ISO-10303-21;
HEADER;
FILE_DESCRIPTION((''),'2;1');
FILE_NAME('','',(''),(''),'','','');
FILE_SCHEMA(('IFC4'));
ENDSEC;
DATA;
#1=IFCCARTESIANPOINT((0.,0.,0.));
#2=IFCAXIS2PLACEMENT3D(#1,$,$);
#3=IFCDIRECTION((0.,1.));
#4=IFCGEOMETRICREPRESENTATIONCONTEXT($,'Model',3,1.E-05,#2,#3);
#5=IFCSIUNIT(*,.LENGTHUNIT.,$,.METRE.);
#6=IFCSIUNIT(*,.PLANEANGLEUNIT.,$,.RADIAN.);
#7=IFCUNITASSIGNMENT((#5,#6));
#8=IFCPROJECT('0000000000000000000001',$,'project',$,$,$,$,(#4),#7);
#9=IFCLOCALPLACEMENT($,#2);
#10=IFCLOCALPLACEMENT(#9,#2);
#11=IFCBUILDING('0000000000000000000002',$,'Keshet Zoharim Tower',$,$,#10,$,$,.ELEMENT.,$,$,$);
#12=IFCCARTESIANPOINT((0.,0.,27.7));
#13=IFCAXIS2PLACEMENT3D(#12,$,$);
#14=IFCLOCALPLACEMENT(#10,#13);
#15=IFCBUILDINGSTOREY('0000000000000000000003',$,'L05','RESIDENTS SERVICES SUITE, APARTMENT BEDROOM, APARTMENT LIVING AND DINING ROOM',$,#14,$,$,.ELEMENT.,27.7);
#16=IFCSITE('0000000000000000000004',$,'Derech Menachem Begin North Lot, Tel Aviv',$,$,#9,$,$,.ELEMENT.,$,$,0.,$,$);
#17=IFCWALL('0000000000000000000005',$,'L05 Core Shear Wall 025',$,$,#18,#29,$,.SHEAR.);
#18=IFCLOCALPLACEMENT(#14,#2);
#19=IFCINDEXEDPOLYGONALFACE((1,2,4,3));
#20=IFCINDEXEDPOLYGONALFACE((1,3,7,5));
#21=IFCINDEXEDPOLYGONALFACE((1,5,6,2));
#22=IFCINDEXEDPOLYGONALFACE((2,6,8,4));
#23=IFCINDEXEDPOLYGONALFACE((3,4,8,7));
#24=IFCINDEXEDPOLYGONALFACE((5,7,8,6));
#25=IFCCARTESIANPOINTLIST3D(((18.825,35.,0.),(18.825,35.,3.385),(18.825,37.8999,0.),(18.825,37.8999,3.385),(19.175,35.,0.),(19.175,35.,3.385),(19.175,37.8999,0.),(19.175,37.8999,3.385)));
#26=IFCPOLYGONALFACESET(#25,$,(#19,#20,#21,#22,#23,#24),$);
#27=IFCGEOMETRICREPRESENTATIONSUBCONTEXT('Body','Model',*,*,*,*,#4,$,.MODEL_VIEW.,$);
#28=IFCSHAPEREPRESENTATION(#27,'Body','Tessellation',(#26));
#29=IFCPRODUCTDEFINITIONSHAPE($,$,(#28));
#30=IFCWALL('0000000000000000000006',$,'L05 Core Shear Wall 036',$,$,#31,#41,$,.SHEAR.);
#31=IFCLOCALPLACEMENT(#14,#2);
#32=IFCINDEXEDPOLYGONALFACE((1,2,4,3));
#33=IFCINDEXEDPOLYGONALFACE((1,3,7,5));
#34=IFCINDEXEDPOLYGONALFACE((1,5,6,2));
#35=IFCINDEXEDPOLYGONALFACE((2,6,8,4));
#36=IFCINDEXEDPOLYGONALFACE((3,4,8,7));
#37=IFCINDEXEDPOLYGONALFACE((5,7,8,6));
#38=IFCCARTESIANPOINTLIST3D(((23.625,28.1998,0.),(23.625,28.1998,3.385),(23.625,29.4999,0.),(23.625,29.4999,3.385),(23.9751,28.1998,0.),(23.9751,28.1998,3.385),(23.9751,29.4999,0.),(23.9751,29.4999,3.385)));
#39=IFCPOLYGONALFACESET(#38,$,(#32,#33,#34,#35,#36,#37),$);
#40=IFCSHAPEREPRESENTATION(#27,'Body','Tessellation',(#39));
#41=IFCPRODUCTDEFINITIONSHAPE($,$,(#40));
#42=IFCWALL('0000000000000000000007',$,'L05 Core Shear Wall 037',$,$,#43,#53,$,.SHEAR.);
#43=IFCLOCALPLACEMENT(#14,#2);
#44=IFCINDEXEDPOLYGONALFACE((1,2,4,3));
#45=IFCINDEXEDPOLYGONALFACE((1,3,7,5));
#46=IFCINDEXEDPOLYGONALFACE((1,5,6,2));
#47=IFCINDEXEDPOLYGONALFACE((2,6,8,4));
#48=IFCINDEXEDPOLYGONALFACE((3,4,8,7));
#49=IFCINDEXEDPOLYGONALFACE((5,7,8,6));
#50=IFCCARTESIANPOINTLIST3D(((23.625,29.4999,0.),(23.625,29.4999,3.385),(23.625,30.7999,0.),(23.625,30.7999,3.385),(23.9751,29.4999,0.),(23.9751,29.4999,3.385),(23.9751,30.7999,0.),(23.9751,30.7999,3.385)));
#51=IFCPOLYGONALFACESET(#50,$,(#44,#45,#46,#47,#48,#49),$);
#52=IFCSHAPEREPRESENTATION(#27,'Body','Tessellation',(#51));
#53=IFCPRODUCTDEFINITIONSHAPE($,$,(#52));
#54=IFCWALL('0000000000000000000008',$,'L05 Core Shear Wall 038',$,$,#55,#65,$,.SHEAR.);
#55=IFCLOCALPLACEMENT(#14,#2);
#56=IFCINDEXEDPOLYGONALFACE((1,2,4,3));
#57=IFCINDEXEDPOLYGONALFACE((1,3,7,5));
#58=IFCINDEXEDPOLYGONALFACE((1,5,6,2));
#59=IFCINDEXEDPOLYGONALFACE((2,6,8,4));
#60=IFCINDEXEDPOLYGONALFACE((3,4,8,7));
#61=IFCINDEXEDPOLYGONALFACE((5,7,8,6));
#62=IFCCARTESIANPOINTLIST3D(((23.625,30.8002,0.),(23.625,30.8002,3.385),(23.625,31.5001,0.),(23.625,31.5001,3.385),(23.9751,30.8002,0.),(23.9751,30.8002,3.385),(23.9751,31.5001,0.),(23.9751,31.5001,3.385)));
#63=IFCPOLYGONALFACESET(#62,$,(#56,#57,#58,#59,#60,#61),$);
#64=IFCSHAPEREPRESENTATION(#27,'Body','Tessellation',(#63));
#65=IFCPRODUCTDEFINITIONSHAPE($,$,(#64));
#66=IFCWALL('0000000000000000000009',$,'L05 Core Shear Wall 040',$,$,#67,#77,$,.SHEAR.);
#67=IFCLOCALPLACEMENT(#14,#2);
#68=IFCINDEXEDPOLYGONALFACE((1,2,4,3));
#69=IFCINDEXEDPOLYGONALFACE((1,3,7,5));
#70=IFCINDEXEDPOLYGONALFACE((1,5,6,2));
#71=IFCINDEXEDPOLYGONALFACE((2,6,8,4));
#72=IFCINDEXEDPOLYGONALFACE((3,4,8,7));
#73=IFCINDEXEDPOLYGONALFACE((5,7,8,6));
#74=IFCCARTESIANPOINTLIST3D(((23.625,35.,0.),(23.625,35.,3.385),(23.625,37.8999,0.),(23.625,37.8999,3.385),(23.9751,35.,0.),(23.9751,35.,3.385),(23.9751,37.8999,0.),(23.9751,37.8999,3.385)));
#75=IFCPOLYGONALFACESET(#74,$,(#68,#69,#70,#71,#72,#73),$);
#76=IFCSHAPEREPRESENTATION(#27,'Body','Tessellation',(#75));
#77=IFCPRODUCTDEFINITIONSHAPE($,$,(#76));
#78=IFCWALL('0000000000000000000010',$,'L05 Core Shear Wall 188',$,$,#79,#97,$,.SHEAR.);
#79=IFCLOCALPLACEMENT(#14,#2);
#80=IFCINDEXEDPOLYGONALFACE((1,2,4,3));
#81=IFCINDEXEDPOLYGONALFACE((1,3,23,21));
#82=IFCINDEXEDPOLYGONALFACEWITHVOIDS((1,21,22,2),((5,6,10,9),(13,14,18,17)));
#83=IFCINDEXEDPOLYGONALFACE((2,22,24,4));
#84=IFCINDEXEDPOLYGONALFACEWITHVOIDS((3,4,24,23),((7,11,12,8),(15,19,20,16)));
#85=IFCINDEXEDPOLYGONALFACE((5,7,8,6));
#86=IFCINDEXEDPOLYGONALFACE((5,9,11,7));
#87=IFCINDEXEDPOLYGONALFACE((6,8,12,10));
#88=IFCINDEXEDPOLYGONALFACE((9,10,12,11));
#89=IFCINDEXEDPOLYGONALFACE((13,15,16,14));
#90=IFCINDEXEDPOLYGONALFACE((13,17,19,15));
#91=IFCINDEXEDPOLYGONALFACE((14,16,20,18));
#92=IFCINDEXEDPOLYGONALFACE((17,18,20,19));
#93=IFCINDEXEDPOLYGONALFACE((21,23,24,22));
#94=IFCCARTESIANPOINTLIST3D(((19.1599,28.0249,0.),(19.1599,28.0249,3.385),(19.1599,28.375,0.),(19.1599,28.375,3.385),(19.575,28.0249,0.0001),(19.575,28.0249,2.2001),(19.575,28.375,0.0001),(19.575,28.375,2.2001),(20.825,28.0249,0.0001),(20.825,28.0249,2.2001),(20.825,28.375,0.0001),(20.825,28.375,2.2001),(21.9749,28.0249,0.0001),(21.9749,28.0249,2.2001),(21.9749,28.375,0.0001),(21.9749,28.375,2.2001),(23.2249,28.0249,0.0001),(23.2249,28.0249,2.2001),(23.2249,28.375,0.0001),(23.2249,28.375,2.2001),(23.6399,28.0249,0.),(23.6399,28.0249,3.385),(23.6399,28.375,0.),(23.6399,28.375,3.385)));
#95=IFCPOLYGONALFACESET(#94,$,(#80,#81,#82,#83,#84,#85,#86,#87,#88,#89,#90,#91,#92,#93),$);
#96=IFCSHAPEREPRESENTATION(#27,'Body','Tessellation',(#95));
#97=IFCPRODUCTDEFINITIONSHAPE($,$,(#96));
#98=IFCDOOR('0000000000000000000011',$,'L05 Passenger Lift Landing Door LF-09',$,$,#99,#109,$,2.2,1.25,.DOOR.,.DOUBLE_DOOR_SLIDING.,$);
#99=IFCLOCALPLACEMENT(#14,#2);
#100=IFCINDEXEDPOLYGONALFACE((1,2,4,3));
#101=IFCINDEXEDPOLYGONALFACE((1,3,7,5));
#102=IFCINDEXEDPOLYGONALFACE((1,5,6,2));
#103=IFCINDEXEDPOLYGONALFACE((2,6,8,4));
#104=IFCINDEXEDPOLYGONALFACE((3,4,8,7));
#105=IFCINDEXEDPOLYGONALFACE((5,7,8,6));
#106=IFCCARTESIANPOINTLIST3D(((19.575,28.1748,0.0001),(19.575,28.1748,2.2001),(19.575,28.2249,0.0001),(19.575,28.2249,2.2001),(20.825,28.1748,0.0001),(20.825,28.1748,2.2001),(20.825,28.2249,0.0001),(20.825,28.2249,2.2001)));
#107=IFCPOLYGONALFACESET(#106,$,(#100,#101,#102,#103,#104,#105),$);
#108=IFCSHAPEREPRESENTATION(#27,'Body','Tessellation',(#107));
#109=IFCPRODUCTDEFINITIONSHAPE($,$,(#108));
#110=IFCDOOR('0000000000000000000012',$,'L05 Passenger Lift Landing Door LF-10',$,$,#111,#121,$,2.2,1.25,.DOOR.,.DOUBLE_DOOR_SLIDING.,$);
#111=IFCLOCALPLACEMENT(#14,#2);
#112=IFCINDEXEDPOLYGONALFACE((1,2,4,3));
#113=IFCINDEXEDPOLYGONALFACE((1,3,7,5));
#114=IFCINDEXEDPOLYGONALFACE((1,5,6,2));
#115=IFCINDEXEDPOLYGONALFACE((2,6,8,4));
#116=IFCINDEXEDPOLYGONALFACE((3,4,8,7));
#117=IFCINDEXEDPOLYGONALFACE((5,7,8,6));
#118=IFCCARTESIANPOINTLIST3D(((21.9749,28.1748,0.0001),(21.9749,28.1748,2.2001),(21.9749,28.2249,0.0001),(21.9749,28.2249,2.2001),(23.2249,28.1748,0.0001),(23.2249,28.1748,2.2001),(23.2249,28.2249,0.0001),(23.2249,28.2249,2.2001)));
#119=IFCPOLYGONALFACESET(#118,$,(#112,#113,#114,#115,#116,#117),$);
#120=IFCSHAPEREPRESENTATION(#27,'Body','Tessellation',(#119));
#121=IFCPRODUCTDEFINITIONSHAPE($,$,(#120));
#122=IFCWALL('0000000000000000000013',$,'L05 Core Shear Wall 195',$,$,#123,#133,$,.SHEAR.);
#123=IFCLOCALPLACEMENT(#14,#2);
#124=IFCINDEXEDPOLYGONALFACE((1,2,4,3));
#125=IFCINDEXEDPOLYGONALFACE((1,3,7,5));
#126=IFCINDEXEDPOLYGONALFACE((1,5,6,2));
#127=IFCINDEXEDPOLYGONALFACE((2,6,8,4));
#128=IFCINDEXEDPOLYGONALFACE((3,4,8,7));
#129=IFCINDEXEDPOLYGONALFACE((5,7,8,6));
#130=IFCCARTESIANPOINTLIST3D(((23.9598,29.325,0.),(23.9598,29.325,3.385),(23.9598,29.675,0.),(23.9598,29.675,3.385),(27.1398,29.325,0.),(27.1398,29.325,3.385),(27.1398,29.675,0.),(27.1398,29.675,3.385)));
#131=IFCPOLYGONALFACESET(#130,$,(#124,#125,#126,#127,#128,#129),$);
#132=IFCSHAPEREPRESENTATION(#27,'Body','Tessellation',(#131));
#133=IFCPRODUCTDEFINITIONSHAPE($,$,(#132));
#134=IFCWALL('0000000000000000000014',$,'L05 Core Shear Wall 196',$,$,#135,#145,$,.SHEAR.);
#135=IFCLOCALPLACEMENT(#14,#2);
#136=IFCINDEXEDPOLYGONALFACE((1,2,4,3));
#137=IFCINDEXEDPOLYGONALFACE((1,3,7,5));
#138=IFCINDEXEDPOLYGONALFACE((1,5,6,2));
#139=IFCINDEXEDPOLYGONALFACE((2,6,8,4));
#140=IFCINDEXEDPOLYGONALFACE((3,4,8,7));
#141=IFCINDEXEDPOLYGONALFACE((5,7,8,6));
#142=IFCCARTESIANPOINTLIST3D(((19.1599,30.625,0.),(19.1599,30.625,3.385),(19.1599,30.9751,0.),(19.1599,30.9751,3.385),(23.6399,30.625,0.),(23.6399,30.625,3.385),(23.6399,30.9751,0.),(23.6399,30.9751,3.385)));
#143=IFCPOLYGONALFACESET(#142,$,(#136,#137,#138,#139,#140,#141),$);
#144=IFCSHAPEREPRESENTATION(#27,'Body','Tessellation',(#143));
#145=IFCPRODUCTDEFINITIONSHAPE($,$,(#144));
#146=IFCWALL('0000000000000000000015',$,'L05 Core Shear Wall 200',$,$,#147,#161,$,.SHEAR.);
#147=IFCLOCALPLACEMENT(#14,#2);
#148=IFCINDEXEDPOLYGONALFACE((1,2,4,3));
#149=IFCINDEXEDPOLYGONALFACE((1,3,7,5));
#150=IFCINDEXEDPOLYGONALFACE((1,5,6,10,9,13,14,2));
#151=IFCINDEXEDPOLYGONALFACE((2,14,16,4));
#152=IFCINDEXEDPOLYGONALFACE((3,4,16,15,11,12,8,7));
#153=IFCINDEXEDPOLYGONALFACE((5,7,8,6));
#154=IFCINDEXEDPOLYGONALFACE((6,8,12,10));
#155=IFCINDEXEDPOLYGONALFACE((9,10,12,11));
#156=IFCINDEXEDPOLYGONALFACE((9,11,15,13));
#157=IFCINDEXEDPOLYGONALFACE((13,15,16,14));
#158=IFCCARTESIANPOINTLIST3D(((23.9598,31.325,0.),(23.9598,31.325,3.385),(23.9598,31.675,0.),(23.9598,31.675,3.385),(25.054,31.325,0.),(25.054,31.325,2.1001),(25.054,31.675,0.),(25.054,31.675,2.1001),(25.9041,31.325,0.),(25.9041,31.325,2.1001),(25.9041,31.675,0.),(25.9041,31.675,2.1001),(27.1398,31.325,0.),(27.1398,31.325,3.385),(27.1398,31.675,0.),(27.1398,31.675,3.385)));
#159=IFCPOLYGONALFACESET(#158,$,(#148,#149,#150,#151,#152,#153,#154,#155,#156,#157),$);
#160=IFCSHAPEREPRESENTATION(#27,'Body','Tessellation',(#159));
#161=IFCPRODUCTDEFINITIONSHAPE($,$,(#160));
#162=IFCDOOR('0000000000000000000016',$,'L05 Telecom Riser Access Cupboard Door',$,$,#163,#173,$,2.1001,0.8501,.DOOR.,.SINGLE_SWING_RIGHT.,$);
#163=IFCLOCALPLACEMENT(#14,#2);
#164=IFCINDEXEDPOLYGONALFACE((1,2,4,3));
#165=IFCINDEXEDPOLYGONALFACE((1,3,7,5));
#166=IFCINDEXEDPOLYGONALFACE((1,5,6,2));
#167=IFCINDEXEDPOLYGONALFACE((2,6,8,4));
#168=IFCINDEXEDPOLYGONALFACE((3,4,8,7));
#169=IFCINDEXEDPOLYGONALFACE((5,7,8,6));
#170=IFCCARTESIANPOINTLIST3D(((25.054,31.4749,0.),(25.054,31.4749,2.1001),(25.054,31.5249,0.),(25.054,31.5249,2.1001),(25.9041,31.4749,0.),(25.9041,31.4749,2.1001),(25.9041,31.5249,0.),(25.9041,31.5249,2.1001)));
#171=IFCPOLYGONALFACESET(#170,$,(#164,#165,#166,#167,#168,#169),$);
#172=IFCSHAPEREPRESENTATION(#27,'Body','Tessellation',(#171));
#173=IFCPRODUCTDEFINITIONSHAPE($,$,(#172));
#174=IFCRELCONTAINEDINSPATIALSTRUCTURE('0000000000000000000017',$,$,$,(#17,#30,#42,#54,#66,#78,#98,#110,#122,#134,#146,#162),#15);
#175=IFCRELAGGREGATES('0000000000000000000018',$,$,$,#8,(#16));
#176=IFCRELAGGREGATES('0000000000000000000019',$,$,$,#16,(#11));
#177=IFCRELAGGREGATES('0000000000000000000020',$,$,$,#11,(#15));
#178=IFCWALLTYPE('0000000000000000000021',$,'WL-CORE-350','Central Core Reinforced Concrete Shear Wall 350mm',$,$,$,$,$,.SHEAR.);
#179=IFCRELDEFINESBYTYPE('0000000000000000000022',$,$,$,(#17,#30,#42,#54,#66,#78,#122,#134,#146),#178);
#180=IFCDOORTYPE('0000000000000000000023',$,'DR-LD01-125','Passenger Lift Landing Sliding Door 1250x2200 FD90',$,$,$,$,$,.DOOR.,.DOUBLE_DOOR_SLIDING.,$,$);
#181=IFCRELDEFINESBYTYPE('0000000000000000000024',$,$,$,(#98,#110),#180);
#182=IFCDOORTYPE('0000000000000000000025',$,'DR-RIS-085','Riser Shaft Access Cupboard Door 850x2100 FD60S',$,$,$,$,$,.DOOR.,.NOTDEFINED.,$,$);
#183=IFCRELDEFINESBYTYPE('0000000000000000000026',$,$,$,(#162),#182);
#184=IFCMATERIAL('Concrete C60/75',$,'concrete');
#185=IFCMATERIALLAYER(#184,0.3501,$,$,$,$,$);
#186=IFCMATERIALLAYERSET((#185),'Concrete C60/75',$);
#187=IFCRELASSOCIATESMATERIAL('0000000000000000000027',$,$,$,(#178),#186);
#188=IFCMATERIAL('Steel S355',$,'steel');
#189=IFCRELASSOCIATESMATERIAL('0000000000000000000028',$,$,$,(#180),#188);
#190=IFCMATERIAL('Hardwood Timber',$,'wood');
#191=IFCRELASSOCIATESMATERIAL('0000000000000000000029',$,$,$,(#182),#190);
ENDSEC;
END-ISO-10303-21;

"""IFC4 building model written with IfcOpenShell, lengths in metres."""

from ifc_helpers import new_model, si_unit, direction, frame, frame_2d, origin, place, context, subcontext, project, spatial, rectangle, extrude, material, layer, layer_set, type_object, element, fill, save


model = new_model("IFC4")

# Units and contexts
model_context = context("Model", 3, precision=1e-05, world=origin(), true_north=direction((0.0, 1.0)))
body_context = subcontext(model_context, "Body", "Model", "MODEL_VIEW")
ifc_project = project(units=[si_unit("LENGTHUNIT", "METRE"), si_unit("PLANEANGLEUNIT", "RADIAN")], contexts=[model_context])

# Site, building, storey
site_placement = place(None, origin())
site = spatial("IfcSite", under=ifc_project, at=site_placement, Name="Derech Menachem Begin North Lot, Tel Aviv", CompositionType="ELEMENT", RefElevation=0.0)
building_placement = place(site_placement, origin())
building = spatial("IfcBuilding", under=site, at=building_placement, Name="Keshet Zoharim Tower", CompositionType="ELEMENT")
storey_placement = place(building_placement, frame((0.0, 0.0, 27.7)))
storey = spatial("IfcBuildingStorey", under=building, at=storey_placement, Name="L05", Description="RESIDENTS SERVICES SUITE, APARTMENT BEDROOM, APARTMENT LIVING AND DINING ROOM", CompositionType="ELEMENT", Elevation=27.7)

# Walls
ifc_material_1 = material(Name="Concrete C60/75", Category="concrete")
ifc_layer_1 = layer(ifc_material_1, 0.3501)
ifc_layer_set_1 = layer_set([ifc_layer_1], Name="Concrete C60/75")
wall_type_1 = type_object("IfcWallType", Name="WL-CORE-350", Description="Central Core Reinforced Concrete Shear Wall 350mm", PredefinedType="SHEAR", material=ifc_layer_set_1)
wall_1_placement = place(storey_placement, frame((19.0, 35.0, 0.0), z_axis=(0.0, 0.0, 1.0), x_axis=(0.0, 1.0, 0.0)))
element("IfcWall", 1, at=wall_1_placement, inside=storey, type_object=wall_type_1, Name="L05 Core Shear Wall 025", PredefinedType="SHEAR", context=body_context, shape_type="SweptSolid", body=[
    extrude(rectangle(XDim=2.8999, YDim=0.3501, at=frame_2d((1.45, 0.0))), origin(), (0.0, 0.0, 1.0), 3.385),
])
for number, where, z_axis, x_axis, name in (
    (2, (23.8, 28.2, 0.0), (0.0, 0.0, 1.0), (0.0, 1.0, 0.0), "L05 Core Shear Wall 036"),
    (3, (23.8, 29.5, 0.0), (0.0, 0.0, 1.0), (0.0, 1.0, 0.0), "L05 Core Shear Wall 037"),
):
    element("IfcWall", number, at=place(storey_placement, frame(where, z_axis=z_axis, x_axis=x_axis)), inside=storey, type_object=wall_type_1, Name=name, PredefinedType="SHEAR", context=body_context, shape_type="SweptSolid", body=[
        extrude(rectangle(XDim=1.3, YDim=0.3501, at=frame_2d((0.6499, 0.0))), origin(), (0.0, 0.0, 1.0), 3.385),
    ])
wall_2_placement = place(storey_placement, frame((23.8, 30.8, 0.0), z_axis=(0.0, 0.0, 1.0), x_axis=(0.0, 1.0, 0.0)))
element("IfcWall", 4, at=wall_2_placement, inside=storey, type_object=wall_type_1, Name="L05 Core Shear Wall 038", PredefinedType="SHEAR", context=body_context, shape_type="SweptSolid", body=[
    extrude(rectangle(XDim=0.7, YDim=0.3501, at=frame_2d((0.3501, 0.0))), origin(), (0.0, 0.0, 1.0), 3.385),
])

# Shared definitions
ifc_material_2 = material(Name="Hardwood Timber", Category="wood")

# Wall
wall_3_placement = place(storey_placement, frame((23.8, 35.0, 0.0), z_axis=(0.0, 0.0, 1.0), x_axis=(0.0, 1.0, 0.0)))
element("IfcWall", 5, at=wall_3_placement, inside=storey, type_object=wall_type_1, Name="L05 Core Shear Wall 040", PredefinedType="SHEAR", context=body_context, shape_type="SweptSolid", body=[
    extrude(rectangle(XDim=2.8999, YDim=0.3501, at=frame_2d((1.45, 0.0))), origin(), (0.0, 0.0, 1.0), 3.385),
])

# Wall, openings, doors
wall_4_placement = place(storey_placement, frame((19.1599, 28.2, 0.0), z_axis=(0.0, 0.0, 1.0), x_axis=(1.0, 0.0, 0.0)))
wall_4 = element("IfcWall", 6, at=wall_4_placement, inside=storey, type_object=wall_type_1, Name="L05 Core Shear Wall 188", PredefinedType="SHEAR", context=body_context, shape_type="SweptSolid", body=[
    extrude(rectangle(XDim=4.48, YDim=0.3501, at=frame_2d((2.24, 0.0))), origin(), (0.0, 0.0, 1.0), 3.385),
])
opening_1_placement = place(wall_4_placement, frame((0.415, 0.0, 0.0)))
opening_1 = element("IfcOpeningElement", 7, at=opening_1_placement, cuts=wall_4, PredefinedType="OPENING", context=body_context, shape_type="SweptSolid", body=[
    extrude(rectangle(XDim=1.25, YDim=2.2, at=frame_2d((0.625, 1.1001))), frame((0.0, 0.1851, 0.0), z_axis=(0.0, -1.0, 0.0), x_axis=(1.0, 0.0, 0.0)), (0.0, 0.0, 1.0), 0.3701),
])
opening_2_placement = place(wall_4_placement, frame((2.8149, 0.0, 0.0)))
opening_2 = element("IfcOpeningElement", 8, at=opening_2_placement, cuts=wall_4, PredefinedType="OPENING", context=body_context, shape_type="SweptSolid", body=[
    extrude(rectangle(XDim=1.25, YDim=2.2, at=frame_2d((0.625, 1.1001))), frame((0.0, 0.1851, 0.0), z_axis=(0.0, -1.0, 0.0), x_axis=(1.0, 0.0, 0.0)), (0.0, 0.0, 1.0), 0.3701),
])
ifc_material_3 = material(Name="Steel S355", Category="steel")
door_type_1 = type_object("IfcDoorType", Name="DR-LD01-125", Description="Passenger Lift Landing Sliding Door 1250x2200 FD90", OperationType="DOUBLE_DOOR_SLIDING", PredefinedType="DOOR", material=ifc_material_3)
door_1_placement = place(opening_1_placement, origin())
door_1 = element("IfcDoor", 9, at=door_1_placement, inside=storey, type_object=door_type_1, Name="L05 Passenger Lift Landing Door LF-09", OperationType="DOUBLE_DOOR_SLIDING", OverallHeight=2.2, OverallWidth=1.25, PredefinedType="DOOR", context=body_context, shape_type="SweptSolid", body=[
    extrude(rectangle(XDim=1.25, YDim=2.2, at=frame_2d((0.625, 1.1001))), frame((0.0, 0.0249, 0.0), z_axis=(0.0, -1.0, 0.0), x_axis=(1.0, 0.0, 0.0)), (0.0, 0.0, 1.0), 0.05),
])
fill(opening_1, door_1)
door_2_placement = place(opening_2_placement, origin())
door_2 = element("IfcDoor", 10, at=door_2_placement, inside=storey, type_object=door_type_1, Name="L05 Passenger Lift Landing Door LF-10", OperationType="DOUBLE_DOOR_SLIDING", OverallHeight=2.2, OverallWidth=1.25, PredefinedType="DOOR", context=body_context, shape_type="SweptSolid", body=[
    extrude(rectangle(XDim=1.25, YDim=2.2, at=frame_2d((0.625, 1.1001))), frame((0.0, 0.0249, 0.0), z_axis=(0.0, -1.0, 0.0), x_axis=(1.0, 0.0, 0.0)), (0.0, 0.0, 1.0), 0.05),
])
fill(opening_2, door_2)

# Walls
wall_5_placement = place(storey_placement, frame((23.96, 29.5, 0.0), z_axis=(0.0, 0.0, 1.0), x_axis=(1.0, 0.0, 0.0)))
element("IfcWall", 11, at=wall_5_placement, inside=storey, type_object=wall_type_1, Name="L05 Core Shear Wall 195", PredefinedType="SHEAR", context=body_context, shape_type="SweptSolid", body=[
    extrude(rectangle(XDim=3.1799, YDim=0.3501, at=frame_2d((1.5898, 0.0))), origin(), (0.0, 0.0, 1.0), 3.385),
])
wall_6_placement = place(storey_placement, frame((19.1599, 30.8, 0.0), z_axis=(0.0, 0.0, 1.0), x_axis=(1.0, 0.0, 0.0)))
element("IfcWall", 12, at=wall_6_placement, inside=storey, type_object=wall_type_1, Name="L05 Core Shear Wall 196", PredefinedType="SHEAR", context=body_context, shape_type="SweptSolid", body=[
    extrude(rectangle(XDim=4.48, YDim=0.3501, at=frame_2d((2.24, 0.0))), origin(), (0.0, 0.0, 1.0), 3.385),
])

# Wall, opening, door
wall_7_placement = place(storey_placement, frame((23.96, 31.5, 0.0), z_axis=(0.0, 0.0, 1.0), x_axis=(1.0, 0.0, 0.0)))
wall_7 = element("IfcWall", 13, at=wall_7_placement, inside=storey, type_object=wall_type_1, Name="L05 Core Shear Wall 200", PredefinedType="SHEAR", context=body_context, shape_type="SweptSolid", body=[
    extrude(rectangle(XDim=3.1799, YDim=0.3501, at=frame_2d((1.5898, 0.0))), origin(), (0.0, 0.0, 1.0), 3.385),
])
opening_3_placement = place(wall_7_placement, frame((1.094, 0.0, 0.0)))
opening_3 = element("IfcOpeningElement", 14, at=opening_3_placement, cuts=wall_7, PredefinedType="OPENING", context=body_context, shape_type="SweptSolid", body=[
    extrude(rectangle(XDim=0.8501, YDim=2.1001, at=frame_2d((0.425, 1.05))), frame((0.0, 0.1851, 0.0), z_axis=(0.0, -1.0, 0.0), x_axis=(1.0, 0.0, 0.0)), (0.0, 0.0, 1.0), 0.3701),
])
door_type_2 = type_object("IfcDoorType", Name="DR-RIS-085", Description="Riser Shaft Access Cupboard Door 850x2100 FD60S", OperationType="NOTDEFINED", PredefinedType="DOOR", material=ifc_material_2)
door_3_placement = place(opening_3_placement, origin())
door_3 = element("IfcDoor", 15, at=door_3_placement, inside=storey, type_object=door_type_2, Name="L05 Telecom Riser Access Cupboard Door", OperationType="SINGLE_SWING_RIGHT", OverallHeight=2.1001, OverallWidth=0.8501, PredefinedType="DOOR", context=body_context, shape_type="SweptSolid", body=[
    extrude(rectangle(XDim=0.8501, YDim=2.1001, at=frame_2d((0.425, 1.05))), frame((0.0, 0.0249, 0.0), z_axis=(0.0, -1.0, 0.0), x_axis=(1.0, 0.0, 0.0)), (0.0, 0.0, 1.0), 0.05),
])
fill(opening_3, door_3)

save(model, "model.ifc")
